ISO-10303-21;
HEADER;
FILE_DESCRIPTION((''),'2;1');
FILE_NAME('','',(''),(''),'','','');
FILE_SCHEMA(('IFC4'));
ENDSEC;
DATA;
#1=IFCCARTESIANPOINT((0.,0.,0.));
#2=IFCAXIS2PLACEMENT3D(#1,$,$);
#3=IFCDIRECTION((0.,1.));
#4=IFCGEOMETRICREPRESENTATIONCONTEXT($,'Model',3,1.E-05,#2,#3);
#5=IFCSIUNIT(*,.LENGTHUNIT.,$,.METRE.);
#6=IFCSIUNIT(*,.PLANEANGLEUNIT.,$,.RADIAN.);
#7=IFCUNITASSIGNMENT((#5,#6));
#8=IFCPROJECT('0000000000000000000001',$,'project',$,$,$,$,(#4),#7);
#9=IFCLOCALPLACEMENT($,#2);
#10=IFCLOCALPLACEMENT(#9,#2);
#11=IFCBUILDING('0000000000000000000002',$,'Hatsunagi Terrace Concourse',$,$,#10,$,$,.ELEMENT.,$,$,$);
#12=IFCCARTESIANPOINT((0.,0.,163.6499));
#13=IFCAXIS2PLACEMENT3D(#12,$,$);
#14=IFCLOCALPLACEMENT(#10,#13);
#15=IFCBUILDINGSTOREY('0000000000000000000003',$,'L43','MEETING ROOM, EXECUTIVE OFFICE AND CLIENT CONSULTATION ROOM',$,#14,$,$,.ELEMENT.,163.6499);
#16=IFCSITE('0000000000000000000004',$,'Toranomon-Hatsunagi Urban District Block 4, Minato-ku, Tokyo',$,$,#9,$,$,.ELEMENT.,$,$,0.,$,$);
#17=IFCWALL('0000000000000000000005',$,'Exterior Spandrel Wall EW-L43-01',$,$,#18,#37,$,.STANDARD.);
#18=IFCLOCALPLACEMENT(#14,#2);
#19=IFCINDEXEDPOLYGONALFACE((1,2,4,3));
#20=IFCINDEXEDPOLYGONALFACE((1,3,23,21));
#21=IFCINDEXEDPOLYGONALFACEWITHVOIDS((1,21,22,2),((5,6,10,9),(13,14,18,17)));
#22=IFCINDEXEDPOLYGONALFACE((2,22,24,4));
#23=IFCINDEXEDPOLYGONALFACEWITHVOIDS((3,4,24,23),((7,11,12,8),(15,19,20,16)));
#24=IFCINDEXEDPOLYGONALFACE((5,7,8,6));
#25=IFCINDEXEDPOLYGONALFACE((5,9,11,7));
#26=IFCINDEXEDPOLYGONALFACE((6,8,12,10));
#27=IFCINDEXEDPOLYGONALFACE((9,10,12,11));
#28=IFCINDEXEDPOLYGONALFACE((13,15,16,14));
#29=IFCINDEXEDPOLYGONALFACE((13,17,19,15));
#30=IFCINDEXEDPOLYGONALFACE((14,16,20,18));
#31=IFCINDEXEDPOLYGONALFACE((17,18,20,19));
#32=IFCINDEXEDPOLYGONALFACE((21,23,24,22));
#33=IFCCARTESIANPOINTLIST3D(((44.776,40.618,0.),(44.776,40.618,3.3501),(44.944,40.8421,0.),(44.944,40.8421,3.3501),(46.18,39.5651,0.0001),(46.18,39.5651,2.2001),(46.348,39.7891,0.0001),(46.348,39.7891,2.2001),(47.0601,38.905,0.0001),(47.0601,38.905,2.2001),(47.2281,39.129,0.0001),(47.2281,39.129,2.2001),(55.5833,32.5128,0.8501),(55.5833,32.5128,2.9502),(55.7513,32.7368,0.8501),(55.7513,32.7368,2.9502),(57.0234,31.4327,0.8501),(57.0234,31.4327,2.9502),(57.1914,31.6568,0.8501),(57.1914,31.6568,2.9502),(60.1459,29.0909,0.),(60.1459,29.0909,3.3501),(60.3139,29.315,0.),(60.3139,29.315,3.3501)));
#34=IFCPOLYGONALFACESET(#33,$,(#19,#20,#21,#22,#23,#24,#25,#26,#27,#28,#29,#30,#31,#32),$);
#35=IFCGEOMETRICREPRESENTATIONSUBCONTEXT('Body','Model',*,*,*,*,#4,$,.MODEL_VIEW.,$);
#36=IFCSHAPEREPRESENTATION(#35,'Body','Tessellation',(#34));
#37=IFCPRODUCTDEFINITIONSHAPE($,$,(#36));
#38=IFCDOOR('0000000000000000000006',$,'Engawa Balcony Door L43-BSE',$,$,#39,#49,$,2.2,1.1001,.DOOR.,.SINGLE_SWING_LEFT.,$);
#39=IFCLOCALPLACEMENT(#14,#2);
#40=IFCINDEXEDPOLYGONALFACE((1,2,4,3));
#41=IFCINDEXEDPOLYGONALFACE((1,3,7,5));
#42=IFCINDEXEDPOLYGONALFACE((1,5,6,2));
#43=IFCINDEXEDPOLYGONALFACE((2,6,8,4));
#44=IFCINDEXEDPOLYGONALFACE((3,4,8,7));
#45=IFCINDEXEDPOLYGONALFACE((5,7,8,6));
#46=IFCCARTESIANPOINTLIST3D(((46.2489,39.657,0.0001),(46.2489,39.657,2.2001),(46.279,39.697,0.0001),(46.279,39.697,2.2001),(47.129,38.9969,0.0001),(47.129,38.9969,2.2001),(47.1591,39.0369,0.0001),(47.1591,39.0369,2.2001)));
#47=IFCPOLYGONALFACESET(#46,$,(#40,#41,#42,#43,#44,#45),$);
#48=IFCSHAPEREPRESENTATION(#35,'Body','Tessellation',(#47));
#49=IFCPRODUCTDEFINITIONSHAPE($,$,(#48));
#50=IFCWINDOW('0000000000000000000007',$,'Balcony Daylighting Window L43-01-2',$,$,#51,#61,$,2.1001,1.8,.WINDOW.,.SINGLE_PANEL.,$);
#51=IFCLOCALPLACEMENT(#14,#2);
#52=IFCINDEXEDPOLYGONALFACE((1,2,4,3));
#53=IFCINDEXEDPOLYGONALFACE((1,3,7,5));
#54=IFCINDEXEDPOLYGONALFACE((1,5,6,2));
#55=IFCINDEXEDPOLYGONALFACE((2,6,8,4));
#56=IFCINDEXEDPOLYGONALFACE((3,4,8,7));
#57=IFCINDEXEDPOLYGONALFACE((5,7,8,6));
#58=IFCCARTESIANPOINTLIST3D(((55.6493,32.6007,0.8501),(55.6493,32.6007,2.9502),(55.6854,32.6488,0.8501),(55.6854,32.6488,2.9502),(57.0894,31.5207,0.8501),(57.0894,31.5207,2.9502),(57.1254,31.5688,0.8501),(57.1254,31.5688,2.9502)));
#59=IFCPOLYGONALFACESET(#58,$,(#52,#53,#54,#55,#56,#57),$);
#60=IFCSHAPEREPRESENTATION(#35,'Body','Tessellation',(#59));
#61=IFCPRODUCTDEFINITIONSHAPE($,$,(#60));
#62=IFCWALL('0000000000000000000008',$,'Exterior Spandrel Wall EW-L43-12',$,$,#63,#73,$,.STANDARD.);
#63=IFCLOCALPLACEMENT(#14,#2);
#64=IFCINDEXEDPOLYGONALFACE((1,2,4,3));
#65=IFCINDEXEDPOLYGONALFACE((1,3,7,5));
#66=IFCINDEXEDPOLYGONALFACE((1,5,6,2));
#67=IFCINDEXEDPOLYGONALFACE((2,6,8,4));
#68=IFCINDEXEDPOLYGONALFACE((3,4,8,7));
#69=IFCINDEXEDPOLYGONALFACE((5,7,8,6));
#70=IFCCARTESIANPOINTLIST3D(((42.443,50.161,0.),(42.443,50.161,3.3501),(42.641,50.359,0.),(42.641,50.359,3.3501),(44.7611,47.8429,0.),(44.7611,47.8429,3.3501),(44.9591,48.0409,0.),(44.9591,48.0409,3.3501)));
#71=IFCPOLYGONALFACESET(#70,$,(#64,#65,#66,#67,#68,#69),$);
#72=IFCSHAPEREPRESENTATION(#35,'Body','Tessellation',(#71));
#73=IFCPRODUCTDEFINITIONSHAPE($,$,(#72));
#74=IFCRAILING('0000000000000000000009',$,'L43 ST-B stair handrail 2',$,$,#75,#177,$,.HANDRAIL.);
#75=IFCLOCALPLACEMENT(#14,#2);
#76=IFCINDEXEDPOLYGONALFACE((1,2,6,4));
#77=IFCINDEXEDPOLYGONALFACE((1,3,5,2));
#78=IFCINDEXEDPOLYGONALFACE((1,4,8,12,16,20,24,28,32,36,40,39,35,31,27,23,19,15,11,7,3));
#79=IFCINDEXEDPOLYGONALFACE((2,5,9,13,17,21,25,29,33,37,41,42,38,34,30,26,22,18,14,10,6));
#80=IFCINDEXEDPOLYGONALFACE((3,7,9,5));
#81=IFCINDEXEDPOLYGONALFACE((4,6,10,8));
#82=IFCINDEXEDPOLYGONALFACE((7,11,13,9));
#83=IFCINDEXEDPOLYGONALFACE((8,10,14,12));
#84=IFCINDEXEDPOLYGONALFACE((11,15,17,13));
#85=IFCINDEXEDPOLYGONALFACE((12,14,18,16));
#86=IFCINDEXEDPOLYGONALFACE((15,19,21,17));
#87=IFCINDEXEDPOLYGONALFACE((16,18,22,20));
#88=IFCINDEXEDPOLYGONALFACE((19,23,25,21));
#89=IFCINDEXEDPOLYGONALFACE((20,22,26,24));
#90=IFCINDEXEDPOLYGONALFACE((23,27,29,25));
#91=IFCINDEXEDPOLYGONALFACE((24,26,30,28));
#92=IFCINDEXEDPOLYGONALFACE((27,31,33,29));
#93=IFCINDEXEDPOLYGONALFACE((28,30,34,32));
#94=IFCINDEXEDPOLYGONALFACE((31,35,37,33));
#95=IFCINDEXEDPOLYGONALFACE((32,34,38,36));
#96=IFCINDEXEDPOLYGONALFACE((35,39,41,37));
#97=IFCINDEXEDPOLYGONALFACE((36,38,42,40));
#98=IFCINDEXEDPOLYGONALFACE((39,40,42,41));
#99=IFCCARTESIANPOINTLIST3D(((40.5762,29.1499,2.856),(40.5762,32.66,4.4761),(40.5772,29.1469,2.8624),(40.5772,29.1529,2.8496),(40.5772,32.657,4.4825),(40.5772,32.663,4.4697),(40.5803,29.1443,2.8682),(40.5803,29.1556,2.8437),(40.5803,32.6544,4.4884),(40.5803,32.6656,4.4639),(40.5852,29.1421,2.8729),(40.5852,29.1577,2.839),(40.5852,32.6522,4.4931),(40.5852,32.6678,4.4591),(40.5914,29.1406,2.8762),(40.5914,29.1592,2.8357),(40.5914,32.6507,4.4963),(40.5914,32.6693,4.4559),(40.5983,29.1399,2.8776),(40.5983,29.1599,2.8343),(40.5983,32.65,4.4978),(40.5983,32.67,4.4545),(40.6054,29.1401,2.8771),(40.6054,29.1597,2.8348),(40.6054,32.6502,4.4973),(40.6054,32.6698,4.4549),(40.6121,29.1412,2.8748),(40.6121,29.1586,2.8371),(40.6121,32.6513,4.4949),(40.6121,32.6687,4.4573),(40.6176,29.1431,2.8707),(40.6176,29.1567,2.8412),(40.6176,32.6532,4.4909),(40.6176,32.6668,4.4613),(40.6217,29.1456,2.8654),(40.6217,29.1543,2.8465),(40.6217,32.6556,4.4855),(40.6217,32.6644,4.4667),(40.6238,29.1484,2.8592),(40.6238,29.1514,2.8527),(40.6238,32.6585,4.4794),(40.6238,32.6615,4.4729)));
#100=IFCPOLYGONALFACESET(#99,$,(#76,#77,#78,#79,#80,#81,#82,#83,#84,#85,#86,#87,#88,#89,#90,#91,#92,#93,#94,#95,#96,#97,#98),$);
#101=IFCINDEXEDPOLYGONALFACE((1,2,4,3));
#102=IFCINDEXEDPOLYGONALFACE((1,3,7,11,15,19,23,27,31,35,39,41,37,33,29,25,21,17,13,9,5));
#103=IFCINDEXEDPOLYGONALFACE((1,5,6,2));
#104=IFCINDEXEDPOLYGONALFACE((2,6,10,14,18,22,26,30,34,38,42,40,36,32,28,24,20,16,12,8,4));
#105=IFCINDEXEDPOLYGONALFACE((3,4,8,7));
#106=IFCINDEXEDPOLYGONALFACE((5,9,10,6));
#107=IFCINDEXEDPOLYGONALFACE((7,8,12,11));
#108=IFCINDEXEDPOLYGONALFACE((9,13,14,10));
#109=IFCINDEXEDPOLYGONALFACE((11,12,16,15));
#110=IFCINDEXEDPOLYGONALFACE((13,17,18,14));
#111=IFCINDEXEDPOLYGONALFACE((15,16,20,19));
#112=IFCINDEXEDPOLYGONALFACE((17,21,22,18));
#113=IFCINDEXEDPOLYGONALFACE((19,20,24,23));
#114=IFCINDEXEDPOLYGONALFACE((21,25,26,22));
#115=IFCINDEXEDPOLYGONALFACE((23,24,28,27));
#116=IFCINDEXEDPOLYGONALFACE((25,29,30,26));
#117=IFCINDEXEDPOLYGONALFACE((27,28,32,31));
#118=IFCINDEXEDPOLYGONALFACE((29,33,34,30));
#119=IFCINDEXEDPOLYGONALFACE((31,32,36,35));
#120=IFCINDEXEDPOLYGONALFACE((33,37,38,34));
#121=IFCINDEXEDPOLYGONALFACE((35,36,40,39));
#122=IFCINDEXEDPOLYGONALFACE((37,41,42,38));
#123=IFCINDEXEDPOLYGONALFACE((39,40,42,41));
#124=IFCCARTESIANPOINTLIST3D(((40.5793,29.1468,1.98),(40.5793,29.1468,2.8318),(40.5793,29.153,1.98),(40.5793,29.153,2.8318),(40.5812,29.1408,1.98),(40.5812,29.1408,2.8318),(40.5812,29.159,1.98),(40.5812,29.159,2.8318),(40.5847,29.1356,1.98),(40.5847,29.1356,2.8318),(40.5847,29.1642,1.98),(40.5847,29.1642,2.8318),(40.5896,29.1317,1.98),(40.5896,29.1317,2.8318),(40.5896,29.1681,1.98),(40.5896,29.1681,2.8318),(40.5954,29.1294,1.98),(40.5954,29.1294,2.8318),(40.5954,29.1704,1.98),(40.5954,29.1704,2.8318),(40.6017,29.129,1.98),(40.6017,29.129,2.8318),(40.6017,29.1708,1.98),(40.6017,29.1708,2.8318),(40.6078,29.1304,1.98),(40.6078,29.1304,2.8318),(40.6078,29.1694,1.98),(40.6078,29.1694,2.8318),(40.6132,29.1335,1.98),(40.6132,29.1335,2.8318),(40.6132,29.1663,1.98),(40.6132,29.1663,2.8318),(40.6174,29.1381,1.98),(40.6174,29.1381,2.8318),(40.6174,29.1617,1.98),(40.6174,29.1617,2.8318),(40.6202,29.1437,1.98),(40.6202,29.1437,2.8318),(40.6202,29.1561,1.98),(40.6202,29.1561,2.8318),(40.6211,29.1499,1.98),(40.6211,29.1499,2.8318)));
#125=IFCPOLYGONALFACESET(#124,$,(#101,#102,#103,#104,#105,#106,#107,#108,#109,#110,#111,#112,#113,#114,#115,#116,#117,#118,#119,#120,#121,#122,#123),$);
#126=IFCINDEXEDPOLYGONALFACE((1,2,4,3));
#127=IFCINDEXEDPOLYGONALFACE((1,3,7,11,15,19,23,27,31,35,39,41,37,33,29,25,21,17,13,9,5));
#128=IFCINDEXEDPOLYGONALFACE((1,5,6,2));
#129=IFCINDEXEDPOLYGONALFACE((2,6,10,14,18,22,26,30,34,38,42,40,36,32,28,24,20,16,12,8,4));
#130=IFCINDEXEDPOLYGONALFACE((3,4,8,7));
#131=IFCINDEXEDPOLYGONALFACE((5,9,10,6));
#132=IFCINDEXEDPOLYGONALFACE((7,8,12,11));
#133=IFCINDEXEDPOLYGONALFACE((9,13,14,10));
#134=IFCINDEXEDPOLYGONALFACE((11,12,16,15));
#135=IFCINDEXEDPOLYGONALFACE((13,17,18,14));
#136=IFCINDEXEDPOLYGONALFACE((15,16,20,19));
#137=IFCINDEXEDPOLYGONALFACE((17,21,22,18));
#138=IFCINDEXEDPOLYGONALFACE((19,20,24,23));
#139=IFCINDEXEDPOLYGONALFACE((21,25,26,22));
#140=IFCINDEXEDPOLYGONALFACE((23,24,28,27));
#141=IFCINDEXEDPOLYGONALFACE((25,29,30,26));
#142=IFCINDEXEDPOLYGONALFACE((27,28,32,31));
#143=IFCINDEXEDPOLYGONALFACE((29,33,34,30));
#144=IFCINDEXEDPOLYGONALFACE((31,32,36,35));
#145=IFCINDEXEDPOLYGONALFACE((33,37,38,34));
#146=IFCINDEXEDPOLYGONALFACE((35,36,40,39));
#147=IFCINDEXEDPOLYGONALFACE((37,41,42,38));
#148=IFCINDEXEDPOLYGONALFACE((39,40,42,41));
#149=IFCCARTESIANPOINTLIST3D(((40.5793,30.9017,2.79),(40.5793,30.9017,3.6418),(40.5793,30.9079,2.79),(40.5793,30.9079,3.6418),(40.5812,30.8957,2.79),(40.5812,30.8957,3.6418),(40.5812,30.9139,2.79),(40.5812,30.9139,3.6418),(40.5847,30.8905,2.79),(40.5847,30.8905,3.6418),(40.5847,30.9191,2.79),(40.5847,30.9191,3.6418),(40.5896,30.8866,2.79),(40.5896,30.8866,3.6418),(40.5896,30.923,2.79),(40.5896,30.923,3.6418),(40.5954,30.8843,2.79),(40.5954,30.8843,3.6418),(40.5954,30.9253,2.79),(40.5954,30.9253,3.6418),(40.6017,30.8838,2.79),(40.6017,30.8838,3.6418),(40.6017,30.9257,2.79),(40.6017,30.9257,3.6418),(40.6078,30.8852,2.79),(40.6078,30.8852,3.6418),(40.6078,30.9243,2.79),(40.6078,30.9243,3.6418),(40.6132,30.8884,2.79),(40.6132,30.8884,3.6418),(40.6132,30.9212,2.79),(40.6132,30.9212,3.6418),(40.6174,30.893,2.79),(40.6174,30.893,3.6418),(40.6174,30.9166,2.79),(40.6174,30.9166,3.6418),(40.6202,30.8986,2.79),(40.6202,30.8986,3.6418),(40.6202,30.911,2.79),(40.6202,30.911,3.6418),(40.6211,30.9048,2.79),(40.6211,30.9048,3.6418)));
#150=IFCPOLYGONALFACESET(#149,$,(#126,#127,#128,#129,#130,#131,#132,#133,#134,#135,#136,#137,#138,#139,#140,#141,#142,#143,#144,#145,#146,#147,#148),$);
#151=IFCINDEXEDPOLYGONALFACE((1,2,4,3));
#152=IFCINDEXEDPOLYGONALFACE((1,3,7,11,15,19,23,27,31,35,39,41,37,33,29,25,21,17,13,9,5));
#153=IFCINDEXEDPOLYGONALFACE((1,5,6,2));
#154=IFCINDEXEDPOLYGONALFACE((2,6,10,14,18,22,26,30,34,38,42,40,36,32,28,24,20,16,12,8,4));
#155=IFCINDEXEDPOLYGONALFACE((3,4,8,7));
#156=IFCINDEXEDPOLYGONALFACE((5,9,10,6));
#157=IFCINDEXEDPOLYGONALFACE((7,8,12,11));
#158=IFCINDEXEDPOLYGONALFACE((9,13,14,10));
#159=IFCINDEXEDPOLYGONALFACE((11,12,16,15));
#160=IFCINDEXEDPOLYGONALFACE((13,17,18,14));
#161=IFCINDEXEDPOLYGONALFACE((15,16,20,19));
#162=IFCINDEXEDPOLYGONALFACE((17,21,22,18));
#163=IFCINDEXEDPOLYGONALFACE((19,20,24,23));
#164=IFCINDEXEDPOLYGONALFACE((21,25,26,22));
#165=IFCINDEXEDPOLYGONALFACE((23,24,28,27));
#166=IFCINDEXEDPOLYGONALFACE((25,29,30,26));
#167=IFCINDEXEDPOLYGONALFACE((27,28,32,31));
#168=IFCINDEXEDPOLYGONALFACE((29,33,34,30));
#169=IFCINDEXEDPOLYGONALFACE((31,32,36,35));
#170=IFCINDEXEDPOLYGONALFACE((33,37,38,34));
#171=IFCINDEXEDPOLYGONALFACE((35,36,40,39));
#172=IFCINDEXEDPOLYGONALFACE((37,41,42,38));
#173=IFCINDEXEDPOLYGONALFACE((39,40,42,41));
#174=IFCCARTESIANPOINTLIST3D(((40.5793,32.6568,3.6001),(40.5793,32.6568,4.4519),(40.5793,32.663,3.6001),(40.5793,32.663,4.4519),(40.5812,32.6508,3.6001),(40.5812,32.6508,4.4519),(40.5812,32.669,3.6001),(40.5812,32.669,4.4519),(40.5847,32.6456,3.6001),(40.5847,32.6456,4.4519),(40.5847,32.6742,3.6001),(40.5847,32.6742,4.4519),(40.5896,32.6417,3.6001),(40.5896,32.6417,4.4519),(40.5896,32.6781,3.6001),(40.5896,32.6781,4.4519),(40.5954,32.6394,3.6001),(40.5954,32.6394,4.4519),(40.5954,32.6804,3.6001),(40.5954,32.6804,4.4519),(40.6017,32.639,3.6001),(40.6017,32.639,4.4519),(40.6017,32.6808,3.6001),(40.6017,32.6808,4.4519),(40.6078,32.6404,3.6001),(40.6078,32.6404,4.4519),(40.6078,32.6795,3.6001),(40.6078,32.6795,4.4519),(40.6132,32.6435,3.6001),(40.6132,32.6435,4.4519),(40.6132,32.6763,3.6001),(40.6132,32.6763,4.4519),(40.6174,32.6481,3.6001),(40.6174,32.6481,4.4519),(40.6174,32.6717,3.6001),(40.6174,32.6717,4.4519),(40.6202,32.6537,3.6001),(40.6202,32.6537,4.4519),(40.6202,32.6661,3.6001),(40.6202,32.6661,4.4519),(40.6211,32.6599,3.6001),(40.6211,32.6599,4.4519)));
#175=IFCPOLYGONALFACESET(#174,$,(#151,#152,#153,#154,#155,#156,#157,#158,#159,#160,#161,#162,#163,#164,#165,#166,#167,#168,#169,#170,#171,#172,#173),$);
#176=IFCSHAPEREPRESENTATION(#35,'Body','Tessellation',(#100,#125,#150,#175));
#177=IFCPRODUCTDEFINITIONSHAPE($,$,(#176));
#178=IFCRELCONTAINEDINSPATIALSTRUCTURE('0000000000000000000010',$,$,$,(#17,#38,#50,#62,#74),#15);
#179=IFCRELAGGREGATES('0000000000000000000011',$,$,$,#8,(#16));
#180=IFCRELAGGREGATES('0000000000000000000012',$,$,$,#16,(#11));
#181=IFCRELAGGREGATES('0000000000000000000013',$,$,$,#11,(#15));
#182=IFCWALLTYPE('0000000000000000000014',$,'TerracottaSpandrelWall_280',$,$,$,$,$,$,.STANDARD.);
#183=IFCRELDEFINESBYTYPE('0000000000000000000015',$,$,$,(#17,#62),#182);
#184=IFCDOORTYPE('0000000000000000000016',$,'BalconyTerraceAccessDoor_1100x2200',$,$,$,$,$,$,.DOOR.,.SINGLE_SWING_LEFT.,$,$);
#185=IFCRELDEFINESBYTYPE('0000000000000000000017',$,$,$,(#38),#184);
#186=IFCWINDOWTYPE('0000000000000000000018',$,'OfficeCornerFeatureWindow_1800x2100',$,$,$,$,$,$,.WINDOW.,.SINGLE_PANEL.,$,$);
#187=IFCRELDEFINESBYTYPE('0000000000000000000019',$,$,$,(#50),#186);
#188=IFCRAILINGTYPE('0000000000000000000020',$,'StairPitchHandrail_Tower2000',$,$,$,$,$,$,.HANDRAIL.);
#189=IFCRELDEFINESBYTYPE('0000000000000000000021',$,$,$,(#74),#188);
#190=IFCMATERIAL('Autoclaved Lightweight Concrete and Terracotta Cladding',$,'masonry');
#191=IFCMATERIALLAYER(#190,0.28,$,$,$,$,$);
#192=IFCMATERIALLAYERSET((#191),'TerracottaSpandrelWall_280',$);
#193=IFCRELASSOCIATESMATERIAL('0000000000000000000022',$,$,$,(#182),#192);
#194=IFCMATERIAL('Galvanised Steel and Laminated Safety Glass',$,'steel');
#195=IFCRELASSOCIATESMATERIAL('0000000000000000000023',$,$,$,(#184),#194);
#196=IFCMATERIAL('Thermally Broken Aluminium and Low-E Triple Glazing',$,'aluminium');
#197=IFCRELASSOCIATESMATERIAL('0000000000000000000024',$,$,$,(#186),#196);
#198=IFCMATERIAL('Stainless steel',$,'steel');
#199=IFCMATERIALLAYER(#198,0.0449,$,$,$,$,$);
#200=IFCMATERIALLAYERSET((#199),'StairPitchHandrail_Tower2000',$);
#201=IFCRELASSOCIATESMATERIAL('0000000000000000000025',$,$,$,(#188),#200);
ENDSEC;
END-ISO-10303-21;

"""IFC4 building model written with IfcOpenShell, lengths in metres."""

from ifc_helpers import new_model, si_unit, direction, frame, frame_2d, origin, origin_2d, place, context, subcontext, project, spatial, rectangle, circle, extrude, material, layer, layer_set, type_object, element, fill, save


model = new_model("IFC4")

# Units and contexts
model_context = context("Model", 3, precision=1e-05, world=origin(), true_north=direction((0.0, 1.0)))
body_context = subcontext(model_context, "Body", "Model", "MODEL_VIEW")
ifc_project = project(units=[si_unit("LENGTHUNIT", "METRE"), si_unit("PLANEANGLEUNIT", "RADIAN")], contexts=[model_context])

# Site, building, storey
site_placement = place(None, origin())
site = spatial("IfcSite", under=ifc_project, at=site_placement, Name="Toranomon-Hatsunagi Urban District Block 4, Minato-ku, Tokyo", CompositionType="ELEMENT", RefElevation=0.0)
building_placement = place(site_placement, origin())
building = spatial("IfcBuilding", under=site, at=building_placement, Name="Hatsunagi Terrace Concourse", CompositionType="ELEMENT")
storey_placement = place(building_placement, frame((0.0, 0.0, 163.6499)))
storey = spatial("IfcBuildingStorey", under=building, at=storey_placement, Name="L43", Description="MEETING ROOM, EXECUTIVE OFFICE AND CLIENT CONSULTATION ROOM", CompositionType="ELEMENT", Elevation=163.6499)

# Wall, openings, door, window
ifc_material_1 = material(Name="Autoclaved Lightweight Concrete and Terracotta Cladding", Category="masonry")
ifc_layer_1 = layer(ifc_material_1, 0.28)
ifc_layer_set_1 = layer_set([ifc_layer_1], Name="TerracottaSpandrelWall_280")
wall_type_1 = type_object("IfcWallType", Name="TerracottaSpandrelWall_280", PredefinedType="STANDARD", material=ifc_layer_set_1)
wall_1_placement = place(storey_placement, frame((44.8601, 40.73, 0.0), z_axis=(0.0, 0.0, 1.0), x_axis=(0.800008, -0.59999, 0.0)))
wall_1 = element("IfcWall", 1, at=wall_1_placement, inside=storey, type_object=wall_type_1, Name="Exterior Spandrel Wall EW-L43-01", PredefinedType="STANDARD", context=body_context, shape_type="SweptSolid", body=[
    extrude(rectangle(XDim=19.2122, YDim=0.28, at=frame_2d((9.606, 0.0))), origin(), (0.0, 0.0, 1.0), 3.3501),
])
opening_1_placement = place(wall_1_placement, frame((1.7549, 0.0, 0.0)))
opening_1 = element("IfcOpeningElement", 2, at=opening_1_placement, cuts=wall_1, PredefinedType="OPENING", context=body_context, shape_type="SweptSolid", body=[
    extrude(rectangle(XDim=1.1001, YDim=2.2, at=frame_2d((0.55, 1.1001))), frame((0.0, 0.1499, 0.0), z_axis=(0.0, -1.0, 0.0), x_axis=(1.0, 0.0, 0.0)), (0.0, 0.0, 1.0), 0.3),
])
opening_2_placement = place(wall_1_placement, frame((13.509, 0.0, 0.8501)))
opening_2 = element("IfcOpeningElement", 3, at=opening_2_placement, cuts=wall_1, PredefinedType="OPENING", context=body_context, shape_type="SweptSolid", body=[
    extrude(rectangle(XDim=1.8, YDim=2.1001, at=frame_2d((0.8999, 1.05))), frame((0.0, 0.1499, 0.0), z_axis=(0.0, -1.0, 0.0), x_axis=(1.0, 0.0, 0.0)), (0.0, 0.0, 1.0), 0.3),
])
ifc_material_2 = material(Name="Galvanised Steel and Laminated Safety Glass", Category="steel")
door_type = type_object("IfcDoorType", Name="BalconyTerraceAccessDoor_1100x2200", OperationType="SINGLE_SWING_LEFT", PredefinedType="DOOR", material=ifc_material_2)
door_placement = place(opening_1_placement, origin())
door = element("IfcDoor", 4, at=door_placement, inside=storey, type_object=door_type, Name="Engawa Balcony Door L43-BSE", OperationType="SINGLE_SWING_LEFT", OverallHeight=2.2, OverallWidth=1.1001, PredefinedType="DOOR", context=body_context, shape_type="SweptSolid", body=[
    extrude(rectangle(XDim=1.1001, YDim=2.2, at=frame_2d((0.55, 1.1001))), frame((0.0, 0.0249, 0.0), z_axis=(0.0, -1.0, 0.0), x_axis=(1.0, 0.0, 0.0)), (0.0, 0.0, 1.0), 0.05),
])
fill(opening_1, door)
ifc_material_3 = material(Name="Thermally Broken Aluminium and Low-E Triple Glazing", Category="aluminium")
window_type = type_object("IfcWindowType", Name="OfficeCornerFeatureWindow_1800x2100", PartitioningType="SINGLE_PANEL", PredefinedType="WINDOW", material=ifc_material_3)
window_placement = place(opening_2_placement, origin())
window = element("IfcWindow", 5, at=window_placement, inside=storey, type_object=window_type, Name="Balcony Daylighting Window L43-01-2", OverallHeight=2.1001, OverallWidth=1.8, PartitioningType="SINGLE_PANEL", PredefinedType="WINDOW", context=body_context, shape_type="SweptSolid", body=[
    extrude(rectangle(XDim=1.8, YDim=2.1001, at=frame_2d((0.8999, 1.05))), frame((0.0, 0.03, 0.0), z_axis=(0.0, -1.0, 0.0), x_axis=(1.0, 0.0, 0.0)), (0.0, 0.0, 1.0), 0.0601),
])
fill(opening_2, window)

# Wall
wall_2_placement = place(storey_placement, frame((42.542, 50.26, 0.0), z_axis=(0.0, 0.0, 1.0), x_axis=(0.707107, -0.707107, 0.0)))
element("IfcWall", 6, at=wall_2_placement, inside=storey, type_object=wall_type_1, Name="Exterior Spandrel Wall EW-L43-12", PredefinedType="STANDARD", context=body_context, shape_type="SweptSolid", body=[
    extrude(rectangle(XDim=3.2783, YDim=0.28, at=frame_2d((1.6392, 0.0))), origin(), (0.0, 0.0, 1.0), 3.3501),
])

# Railing
ifc_material_4 = material(Name="Stainless steel", Category="steel")
ifc_layer_2 = layer(ifc_material_4, 0.0449)
ifc_layer_set_2 = layer_set([ifc_layer_2], Name="StairPitchHandrail_Tower2000")
railing_type_1 = type_object("IfcRailingType", Name="StairPitchHandrail_Tower2000", PredefinedType="HANDRAIL", material=ifc_layer_set_2)
railing_1_placement = place(storey_placement, frame((40.6001, 29.1499, 1.98)))
element("IfcRailing", 7, at=railing_1_placement, inside=storey, type_object=railing_type_1, Name="L43 ST-B stair handrail 2", PredefinedType="HANDRAIL", context=body_context, shape_type="SweptSolid", body=[
    extrude(circle(Radius=0.0239, at=origin_2d()), frame((0.0, 0.0, 0.876), z_axis=(0.0, 0.907948, 0.419082), x_axis=(-1.0, 0.0, 0.0)), (0.0, 0.0, 1.0), 3.866),
    extrude(circle(Radius=0.021, at=origin_2d()), origin(), (0.0, 0.0, 1.0), 0.8518),
    extrude(circle(Radius=0.021, at=origin_2d()), frame((0.0, 1.7549, 0.8101)), (0.0, 0.0, 1.0), 0.8518),
    extrude(circle(Radius=0.021, at=origin_2d()), frame((0.0, 3.51, 1.6201)), (0.0, 0.0, 1.0), 0.8518),
])

save(model, "model.ifc")
